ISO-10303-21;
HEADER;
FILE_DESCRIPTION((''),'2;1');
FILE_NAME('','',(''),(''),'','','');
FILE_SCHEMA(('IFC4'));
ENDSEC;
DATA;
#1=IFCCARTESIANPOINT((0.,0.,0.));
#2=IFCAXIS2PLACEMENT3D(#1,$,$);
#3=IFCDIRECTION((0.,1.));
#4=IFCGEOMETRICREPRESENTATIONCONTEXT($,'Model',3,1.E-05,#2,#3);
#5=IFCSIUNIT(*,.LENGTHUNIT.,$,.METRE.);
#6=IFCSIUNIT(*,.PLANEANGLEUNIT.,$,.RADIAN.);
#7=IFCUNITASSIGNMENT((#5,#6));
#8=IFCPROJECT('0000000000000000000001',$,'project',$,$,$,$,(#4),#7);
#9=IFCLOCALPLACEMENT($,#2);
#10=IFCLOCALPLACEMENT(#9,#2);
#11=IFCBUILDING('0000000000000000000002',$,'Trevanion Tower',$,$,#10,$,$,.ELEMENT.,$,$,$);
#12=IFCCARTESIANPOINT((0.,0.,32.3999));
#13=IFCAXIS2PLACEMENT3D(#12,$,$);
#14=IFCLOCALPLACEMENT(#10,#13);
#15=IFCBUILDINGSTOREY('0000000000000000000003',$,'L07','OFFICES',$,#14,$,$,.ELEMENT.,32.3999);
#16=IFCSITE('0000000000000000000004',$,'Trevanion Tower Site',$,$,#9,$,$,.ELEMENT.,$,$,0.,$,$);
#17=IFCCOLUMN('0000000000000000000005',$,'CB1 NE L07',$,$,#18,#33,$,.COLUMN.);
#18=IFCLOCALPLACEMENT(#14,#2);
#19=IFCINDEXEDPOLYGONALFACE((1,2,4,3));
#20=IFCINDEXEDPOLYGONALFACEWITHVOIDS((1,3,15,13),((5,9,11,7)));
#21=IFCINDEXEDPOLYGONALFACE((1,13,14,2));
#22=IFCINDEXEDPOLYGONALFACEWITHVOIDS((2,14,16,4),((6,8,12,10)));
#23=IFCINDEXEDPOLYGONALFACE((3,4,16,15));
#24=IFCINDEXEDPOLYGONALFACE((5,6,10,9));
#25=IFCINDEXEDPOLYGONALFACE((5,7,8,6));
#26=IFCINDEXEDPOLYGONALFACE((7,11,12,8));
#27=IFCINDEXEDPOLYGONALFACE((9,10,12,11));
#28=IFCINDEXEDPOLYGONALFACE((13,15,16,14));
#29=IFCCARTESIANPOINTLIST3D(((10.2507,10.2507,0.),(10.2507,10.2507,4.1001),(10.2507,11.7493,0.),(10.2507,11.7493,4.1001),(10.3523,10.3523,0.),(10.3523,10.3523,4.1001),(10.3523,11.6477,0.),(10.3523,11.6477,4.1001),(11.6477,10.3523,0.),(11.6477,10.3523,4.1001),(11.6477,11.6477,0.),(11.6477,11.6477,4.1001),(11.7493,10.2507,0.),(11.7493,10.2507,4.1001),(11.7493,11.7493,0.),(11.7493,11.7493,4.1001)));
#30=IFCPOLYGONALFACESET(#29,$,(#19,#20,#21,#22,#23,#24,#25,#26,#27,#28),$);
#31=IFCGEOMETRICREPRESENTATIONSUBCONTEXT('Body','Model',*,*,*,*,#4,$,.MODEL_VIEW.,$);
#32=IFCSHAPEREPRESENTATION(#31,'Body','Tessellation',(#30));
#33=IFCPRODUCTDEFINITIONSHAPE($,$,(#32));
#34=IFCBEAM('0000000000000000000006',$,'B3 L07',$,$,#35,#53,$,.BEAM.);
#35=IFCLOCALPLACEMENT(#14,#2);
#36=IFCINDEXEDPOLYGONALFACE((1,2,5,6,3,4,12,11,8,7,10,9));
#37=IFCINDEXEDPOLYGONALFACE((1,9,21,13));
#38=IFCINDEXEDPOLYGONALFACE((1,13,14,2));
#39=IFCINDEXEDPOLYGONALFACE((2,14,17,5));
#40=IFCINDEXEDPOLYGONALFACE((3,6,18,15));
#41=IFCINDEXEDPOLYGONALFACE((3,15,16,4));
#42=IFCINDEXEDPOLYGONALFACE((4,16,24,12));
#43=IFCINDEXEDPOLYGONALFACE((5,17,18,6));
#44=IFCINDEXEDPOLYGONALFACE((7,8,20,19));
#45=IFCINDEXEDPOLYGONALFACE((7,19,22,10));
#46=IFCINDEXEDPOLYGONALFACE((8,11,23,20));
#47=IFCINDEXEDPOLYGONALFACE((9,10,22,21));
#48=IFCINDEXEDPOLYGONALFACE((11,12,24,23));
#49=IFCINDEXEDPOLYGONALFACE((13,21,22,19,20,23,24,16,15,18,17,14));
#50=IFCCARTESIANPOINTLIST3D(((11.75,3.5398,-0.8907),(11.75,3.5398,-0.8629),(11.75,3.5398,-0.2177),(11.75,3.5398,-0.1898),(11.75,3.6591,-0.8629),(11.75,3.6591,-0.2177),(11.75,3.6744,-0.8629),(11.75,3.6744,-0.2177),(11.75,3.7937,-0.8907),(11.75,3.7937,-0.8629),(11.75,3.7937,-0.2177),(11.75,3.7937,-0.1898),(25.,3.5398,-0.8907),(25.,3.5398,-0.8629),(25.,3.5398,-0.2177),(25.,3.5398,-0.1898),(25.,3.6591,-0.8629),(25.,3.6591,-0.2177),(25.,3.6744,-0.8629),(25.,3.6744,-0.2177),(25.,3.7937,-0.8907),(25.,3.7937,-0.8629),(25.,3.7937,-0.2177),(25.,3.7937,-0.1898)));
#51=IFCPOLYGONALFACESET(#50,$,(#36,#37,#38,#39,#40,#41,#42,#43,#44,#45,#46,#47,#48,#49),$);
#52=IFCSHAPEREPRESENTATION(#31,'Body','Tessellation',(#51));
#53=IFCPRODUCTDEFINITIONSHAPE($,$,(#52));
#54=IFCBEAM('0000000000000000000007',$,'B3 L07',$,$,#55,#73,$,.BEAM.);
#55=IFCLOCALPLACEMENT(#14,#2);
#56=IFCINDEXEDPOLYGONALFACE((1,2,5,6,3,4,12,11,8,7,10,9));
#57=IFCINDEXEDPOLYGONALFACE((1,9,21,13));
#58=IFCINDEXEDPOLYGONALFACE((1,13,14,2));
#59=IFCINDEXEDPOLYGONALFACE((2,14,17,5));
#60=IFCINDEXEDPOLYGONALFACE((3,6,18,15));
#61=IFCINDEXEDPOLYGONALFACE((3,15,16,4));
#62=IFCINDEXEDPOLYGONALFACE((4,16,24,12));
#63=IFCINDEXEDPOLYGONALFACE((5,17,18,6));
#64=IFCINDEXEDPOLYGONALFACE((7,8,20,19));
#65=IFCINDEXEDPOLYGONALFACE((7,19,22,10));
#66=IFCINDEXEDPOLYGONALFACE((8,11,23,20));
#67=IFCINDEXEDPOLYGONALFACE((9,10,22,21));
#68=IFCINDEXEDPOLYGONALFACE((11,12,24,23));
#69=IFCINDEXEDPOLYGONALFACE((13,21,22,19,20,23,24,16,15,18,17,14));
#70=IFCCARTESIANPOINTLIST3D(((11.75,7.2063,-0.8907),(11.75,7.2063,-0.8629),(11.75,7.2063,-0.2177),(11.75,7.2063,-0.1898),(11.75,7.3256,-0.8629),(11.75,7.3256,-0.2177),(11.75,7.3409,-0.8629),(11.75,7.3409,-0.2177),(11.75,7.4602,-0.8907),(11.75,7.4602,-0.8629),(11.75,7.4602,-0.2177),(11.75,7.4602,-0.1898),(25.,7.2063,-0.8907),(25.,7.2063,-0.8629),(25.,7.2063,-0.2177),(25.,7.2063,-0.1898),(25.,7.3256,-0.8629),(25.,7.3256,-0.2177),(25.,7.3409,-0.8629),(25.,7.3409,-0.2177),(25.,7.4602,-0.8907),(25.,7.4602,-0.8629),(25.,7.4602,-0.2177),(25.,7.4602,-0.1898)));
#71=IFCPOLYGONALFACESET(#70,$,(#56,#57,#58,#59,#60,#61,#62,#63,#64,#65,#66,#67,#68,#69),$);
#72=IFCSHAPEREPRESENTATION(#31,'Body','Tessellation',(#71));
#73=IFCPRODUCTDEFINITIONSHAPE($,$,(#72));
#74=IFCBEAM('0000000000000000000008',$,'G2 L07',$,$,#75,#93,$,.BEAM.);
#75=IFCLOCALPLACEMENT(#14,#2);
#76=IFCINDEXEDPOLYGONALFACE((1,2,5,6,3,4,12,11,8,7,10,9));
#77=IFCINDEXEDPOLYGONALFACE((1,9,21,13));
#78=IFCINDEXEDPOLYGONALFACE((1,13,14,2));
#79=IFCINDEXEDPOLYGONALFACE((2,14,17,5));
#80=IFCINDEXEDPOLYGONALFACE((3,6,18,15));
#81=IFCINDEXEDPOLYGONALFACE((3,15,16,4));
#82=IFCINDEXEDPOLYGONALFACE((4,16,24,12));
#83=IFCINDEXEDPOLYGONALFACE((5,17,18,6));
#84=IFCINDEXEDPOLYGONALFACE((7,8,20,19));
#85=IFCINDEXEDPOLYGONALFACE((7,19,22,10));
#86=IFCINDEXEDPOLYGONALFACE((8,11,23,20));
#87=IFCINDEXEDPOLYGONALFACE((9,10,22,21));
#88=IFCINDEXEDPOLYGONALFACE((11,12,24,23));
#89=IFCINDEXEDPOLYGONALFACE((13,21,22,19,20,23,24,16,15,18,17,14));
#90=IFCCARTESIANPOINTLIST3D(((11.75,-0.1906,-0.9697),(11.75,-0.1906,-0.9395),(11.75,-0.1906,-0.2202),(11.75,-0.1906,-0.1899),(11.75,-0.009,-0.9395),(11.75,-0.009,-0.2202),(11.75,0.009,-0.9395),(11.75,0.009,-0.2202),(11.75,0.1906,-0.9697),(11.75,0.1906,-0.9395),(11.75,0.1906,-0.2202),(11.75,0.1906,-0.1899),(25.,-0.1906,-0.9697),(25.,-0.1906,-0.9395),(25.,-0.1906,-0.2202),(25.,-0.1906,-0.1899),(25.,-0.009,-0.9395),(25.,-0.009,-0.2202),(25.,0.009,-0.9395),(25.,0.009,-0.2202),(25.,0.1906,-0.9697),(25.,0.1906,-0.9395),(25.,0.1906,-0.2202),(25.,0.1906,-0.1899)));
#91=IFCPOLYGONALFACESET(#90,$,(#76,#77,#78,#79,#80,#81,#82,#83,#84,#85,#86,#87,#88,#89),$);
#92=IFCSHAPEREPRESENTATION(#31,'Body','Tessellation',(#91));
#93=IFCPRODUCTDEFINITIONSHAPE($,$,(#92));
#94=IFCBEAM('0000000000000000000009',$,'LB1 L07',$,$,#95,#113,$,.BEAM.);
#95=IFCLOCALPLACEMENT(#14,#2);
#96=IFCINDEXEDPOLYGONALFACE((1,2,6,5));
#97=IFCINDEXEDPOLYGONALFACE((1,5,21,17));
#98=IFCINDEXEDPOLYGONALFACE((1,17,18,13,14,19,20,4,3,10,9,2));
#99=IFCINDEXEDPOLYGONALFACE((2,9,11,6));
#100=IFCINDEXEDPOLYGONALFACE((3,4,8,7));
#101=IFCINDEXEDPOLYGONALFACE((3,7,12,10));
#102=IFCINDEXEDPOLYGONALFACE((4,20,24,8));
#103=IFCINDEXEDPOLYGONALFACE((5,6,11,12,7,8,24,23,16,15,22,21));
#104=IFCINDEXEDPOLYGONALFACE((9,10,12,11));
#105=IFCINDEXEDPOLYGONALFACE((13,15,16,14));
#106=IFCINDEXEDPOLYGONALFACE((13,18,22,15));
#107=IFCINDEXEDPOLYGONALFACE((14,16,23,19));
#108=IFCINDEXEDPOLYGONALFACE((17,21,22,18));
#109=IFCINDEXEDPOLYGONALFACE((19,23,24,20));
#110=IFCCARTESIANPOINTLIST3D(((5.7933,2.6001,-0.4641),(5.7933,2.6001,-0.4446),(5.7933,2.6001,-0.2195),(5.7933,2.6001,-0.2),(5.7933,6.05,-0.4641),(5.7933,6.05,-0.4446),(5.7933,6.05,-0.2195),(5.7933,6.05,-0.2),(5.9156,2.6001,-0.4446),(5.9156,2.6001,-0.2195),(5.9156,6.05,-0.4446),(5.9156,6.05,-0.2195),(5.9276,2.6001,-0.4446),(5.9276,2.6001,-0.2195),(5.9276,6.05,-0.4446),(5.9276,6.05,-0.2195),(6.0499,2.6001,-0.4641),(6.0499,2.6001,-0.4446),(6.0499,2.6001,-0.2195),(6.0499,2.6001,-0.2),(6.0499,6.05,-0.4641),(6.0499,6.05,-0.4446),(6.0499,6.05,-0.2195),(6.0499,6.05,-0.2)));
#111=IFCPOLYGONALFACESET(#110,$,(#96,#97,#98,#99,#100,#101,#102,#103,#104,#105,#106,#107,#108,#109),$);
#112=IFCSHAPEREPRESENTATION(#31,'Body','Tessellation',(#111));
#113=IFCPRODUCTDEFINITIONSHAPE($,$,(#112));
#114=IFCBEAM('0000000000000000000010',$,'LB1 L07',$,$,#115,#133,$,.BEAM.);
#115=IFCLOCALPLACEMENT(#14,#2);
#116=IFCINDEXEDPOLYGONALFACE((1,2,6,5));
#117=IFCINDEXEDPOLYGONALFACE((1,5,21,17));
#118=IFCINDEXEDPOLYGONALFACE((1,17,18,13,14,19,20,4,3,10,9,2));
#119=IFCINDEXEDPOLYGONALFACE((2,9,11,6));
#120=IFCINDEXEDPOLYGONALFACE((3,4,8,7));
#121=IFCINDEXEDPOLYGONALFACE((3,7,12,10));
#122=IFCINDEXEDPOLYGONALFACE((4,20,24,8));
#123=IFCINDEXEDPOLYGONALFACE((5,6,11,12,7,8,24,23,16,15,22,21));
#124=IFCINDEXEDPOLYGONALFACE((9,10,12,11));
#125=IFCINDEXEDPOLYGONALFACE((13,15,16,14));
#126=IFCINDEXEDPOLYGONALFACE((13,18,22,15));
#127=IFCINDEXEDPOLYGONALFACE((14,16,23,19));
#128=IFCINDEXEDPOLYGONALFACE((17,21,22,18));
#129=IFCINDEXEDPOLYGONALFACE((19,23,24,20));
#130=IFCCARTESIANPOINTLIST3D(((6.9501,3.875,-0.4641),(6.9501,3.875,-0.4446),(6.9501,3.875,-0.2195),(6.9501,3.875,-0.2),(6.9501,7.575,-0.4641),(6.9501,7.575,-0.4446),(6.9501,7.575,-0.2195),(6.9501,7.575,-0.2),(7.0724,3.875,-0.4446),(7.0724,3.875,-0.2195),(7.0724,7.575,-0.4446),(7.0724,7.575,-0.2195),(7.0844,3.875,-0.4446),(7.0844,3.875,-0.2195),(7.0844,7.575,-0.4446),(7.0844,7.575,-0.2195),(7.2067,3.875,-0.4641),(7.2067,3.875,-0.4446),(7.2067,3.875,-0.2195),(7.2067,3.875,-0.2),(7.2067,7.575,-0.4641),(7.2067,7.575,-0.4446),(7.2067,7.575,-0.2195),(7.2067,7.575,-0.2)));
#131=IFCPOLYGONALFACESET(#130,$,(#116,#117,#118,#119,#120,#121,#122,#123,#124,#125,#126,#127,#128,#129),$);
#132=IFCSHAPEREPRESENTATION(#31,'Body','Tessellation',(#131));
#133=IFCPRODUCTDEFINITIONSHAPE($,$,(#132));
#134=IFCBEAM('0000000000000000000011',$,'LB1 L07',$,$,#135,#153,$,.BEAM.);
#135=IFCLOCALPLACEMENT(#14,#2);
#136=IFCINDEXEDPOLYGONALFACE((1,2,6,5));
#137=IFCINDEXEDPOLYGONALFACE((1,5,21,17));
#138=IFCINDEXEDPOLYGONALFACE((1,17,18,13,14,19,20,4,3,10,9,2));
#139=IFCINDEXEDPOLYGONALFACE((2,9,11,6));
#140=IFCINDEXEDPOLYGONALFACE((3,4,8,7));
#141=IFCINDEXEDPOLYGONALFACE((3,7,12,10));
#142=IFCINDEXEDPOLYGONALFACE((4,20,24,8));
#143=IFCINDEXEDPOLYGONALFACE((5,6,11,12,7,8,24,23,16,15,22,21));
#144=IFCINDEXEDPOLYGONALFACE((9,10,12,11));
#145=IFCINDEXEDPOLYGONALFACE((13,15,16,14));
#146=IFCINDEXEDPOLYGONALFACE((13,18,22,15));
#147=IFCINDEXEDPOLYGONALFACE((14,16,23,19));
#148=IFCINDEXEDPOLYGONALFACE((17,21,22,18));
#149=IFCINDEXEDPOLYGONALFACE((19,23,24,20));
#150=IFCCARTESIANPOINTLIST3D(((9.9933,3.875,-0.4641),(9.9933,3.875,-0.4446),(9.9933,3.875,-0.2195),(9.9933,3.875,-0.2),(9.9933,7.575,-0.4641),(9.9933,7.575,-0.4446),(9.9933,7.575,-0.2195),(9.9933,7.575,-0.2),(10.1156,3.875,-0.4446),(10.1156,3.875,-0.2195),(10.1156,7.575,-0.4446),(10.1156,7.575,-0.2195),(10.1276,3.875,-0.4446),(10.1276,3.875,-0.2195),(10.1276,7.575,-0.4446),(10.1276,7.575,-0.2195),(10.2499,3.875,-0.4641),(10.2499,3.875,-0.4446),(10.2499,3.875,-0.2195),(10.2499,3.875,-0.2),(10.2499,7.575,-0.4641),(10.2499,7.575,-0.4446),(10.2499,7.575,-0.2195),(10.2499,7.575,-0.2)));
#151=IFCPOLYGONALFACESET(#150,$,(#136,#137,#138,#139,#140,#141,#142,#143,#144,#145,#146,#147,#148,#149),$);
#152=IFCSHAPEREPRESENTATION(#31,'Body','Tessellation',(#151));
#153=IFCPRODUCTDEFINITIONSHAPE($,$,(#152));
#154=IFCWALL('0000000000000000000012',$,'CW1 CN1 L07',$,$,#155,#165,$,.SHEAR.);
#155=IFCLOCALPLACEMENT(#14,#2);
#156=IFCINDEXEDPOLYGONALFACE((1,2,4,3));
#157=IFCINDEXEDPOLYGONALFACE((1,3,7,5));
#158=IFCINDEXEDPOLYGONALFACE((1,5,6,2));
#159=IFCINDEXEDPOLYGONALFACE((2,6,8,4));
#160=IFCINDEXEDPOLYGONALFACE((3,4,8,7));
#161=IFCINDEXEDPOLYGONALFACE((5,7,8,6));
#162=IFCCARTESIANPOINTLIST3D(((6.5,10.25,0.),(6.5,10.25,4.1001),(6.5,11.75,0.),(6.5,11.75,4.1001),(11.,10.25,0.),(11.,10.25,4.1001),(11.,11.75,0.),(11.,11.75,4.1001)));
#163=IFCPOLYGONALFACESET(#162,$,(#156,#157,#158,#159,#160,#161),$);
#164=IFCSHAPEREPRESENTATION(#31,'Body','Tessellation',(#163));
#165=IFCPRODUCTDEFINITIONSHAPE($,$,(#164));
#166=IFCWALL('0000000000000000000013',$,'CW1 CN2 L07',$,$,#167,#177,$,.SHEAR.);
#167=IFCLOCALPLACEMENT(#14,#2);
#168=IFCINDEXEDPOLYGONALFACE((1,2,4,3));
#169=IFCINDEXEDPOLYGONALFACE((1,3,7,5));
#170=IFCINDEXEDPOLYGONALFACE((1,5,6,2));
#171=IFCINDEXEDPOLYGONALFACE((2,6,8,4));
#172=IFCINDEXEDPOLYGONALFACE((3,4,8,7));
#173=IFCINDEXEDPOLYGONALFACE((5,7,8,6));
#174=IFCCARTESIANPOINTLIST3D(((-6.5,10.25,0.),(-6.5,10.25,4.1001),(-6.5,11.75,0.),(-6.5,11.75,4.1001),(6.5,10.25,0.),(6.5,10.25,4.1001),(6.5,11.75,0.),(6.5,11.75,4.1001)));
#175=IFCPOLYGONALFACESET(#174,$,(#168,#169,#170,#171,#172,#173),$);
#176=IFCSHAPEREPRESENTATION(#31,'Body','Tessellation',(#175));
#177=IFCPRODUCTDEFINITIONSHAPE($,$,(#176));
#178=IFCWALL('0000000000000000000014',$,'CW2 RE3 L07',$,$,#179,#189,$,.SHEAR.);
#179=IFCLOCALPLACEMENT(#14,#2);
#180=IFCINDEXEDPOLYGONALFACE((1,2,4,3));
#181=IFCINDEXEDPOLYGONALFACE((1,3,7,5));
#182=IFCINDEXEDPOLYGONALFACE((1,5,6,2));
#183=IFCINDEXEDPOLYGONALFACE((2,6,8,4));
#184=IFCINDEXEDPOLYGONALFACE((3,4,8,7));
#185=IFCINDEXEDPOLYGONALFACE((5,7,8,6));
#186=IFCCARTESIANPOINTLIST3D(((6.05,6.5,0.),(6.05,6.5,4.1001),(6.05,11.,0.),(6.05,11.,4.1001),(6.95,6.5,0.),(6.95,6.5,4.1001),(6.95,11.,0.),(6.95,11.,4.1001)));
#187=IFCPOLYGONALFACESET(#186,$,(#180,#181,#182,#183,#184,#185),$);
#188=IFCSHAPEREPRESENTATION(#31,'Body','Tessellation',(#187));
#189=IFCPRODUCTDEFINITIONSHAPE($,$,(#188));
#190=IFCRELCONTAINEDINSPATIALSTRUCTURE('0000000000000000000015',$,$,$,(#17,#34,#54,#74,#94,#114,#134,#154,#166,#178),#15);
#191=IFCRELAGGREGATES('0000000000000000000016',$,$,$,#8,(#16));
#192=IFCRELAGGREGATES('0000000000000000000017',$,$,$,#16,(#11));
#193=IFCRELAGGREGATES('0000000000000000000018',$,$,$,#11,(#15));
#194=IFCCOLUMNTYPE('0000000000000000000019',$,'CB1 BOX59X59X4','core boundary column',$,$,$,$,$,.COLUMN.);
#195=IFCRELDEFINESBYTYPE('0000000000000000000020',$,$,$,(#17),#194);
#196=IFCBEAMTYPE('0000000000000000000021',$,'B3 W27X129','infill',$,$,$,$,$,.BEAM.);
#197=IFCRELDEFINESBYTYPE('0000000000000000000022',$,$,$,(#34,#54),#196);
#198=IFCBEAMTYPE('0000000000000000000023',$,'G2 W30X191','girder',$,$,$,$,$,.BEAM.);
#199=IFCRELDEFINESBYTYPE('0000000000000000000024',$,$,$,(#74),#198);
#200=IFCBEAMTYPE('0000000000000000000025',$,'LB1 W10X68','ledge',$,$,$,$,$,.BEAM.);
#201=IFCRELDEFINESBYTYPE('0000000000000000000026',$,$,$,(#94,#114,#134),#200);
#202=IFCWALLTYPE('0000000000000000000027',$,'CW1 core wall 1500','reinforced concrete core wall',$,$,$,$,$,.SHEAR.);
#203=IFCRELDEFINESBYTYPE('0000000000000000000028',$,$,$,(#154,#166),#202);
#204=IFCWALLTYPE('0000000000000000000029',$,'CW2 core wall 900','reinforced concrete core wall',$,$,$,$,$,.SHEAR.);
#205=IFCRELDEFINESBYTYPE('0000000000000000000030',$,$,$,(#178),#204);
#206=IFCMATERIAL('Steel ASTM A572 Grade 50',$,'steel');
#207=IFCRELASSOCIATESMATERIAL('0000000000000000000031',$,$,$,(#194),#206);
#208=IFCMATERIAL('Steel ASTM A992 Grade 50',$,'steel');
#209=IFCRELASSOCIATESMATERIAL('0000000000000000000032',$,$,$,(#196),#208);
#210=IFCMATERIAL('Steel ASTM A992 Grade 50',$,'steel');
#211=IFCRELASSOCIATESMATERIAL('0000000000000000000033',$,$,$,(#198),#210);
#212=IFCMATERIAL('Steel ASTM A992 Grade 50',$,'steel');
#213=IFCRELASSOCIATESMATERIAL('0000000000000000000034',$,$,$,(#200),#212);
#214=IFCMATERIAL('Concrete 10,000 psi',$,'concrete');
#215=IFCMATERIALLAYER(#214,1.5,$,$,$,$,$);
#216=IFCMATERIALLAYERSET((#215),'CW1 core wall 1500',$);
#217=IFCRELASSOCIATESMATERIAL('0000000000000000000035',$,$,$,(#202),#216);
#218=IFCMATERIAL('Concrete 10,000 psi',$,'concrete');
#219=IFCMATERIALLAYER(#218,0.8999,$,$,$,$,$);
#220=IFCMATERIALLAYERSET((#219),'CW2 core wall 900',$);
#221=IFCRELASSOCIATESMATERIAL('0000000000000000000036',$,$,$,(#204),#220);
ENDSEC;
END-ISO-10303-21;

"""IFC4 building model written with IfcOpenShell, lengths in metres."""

from ifc_helpers import new_model, si_unit, direction, frame, frame_2d, origin, origin_2d, place, context, subcontext, project, spatial, rectangle, hollow_rectangle, i_section, extrude, material, layer, layer_set, material_profile, profile_set, type_object, element, save


model = new_model("IFC4")

# Units and contexts
model_context = context("Model", 3, precision=1e-05, world=origin(), true_north=direction((0.0, 1.0)))
body_context = subcontext(model_context, "Body", "Model", "MODEL_VIEW")
ifc_project = project(units=[si_unit("LENGTHUNIT", "METRE"), si_unit("PLANEANGLEUNIT", "RADIAN")], contexts=[model_context])

# Site, building, storey
site_placement = place(None, origin())
site = spatial("IfcSite", under=ifc_project, at=site_placement, Name="Trevanion Tower Site", CompositionType="ELEMENT", RefElevation=0.0)
building_placement = place(site_placement, origin())
building = spatial("IfcBuilding", under=site, at=building_placement, Name="Trevanion Tower", CompositionType="ELEMENT")
storey_placement = place(building_placement, frame((0.0, 0.0, 32.3999)))
storey = spatial("IfcBuildingStorey", under=building, at=storey_placement, Name="L07", Description="OFFICES", CompositionType="ELEMENT", Elevation=32.3999)

# Column
ifc_material_1 = material(Name="Steel ASTM A572 Grade 50", Category="steel")
ifc_material_profile_1 = material_profile(ifc_material_1, hollow_rectangle(XDim=1.4985, YDim=1.4985, WallThickness=0.1016, at=origin_2d()), Name="BOX59X59X4")
ifc_profile_set_1 = profile_set([ifc_material_profile_1], Name="Steel ASTM A572 Grade 50")
column_type = type_object("IfcColumnType", Name="CB1 BOX59X59X4", Description="core boundary column", PredefinedType="COLUMN", material=ifc_profile_set_1)
column_placement = place(storey_placement, frame((11.0, 11.0, 0.0), z_axis=(0.0, 0.0, 1.0), x_axis=(1.0, 0.0, 0.0)))
element("IfcColumn", 1, at=column_placement, inside=storey, type_object=column_type, Name="CB1 NE L07", PredefinedType="COLUMN", context=body_context, shape_type="SweptSolid", body=[
    extrude(hollow_rectangle(XDim=1.4985, YDim=1.4985, WallThickness=0.1016, at=origin_2d()), origin(), (0.0, 0.0, 1.0), 4.1001),
])

# Beams
ifc_material_2 = material(Name="Steel ASTM A992 Grade 50", Category="steel")
ifc_material_profile_2 = material_profile(ifc_material_2, i_section(OverallWidth=0.2539, OverallDepth=0.7009, WebThickness=0.0154, FlangeThickness=0.0278, at=origin_2d()), Name="W27X129")
ifc_profile_set_2 = profile_set([ifc_material_profile_2], Name="Steel ASTM A992 Grade 50")
beam_type_1 = type_object("IfcBeamType", Name="B3 W27X129", Description="infill", PredefinedType="BEAM", material=ifc_profile_set_2)
for number, where, z_axis, x_axis, name in (
    (2, (11.75, 3.6667, -0.5403), (1.0, 0.0, 0.0), (0.0, 1.0, 0.0), "B3 L07"),
    (3, (11.75, 7.3333, -0.5403), (1.0, 0.0, 0.0), (0.0, 1.0, 0.0), "B3 L07"),
):
    element("IfcBeam", number, at=place(storey_placement, frame(where, z_axis=z_axis, x_axis=x_axis)), inside=storey, type_object=beam_type_1, Name=name, PredefinedType="BEAM", context=body_context, shape_type="SweptSolid", body=[
        extrude(i_section(OverallWidth=0.2539, OverallDepth=0.7009, WebThickness=0.0154, FlangeThickness=0.0278, at=origin_2d()), origin(), (0.0, 0.0, 1.0), 13.25),
    ])
ifc_material_3 = material(Name="Steel ASTM A992 Grade 50", Category="steel")
ifc_material_profile_3 = material_profile(ifc_material_3, i_section(OverallWidth=0.3811, OverallDepth=0.7798, WebThickness=0.0181, FlangeThickness=0.0303, at=origin_2d()), Name="W30X191")
ifc_profile_set_3 = profile_set([ifc_material_profile_3], Name="Steel ASTM A992 Grade 50")
beam_type_2 = type_object("IfcBeamType", Name="G2 W30X191", Description="girder", PredefinedType="BEAM", material=ifc_profile_set_3)
beam_1_placement = place(storey_placement, frame((11.75, 0.0, -0.5798), z_axis=(1.0, 0.0, 0.0), x_axis=(0.0, 1.0, 0.0)))
element("IfcBeam", 4, at=beam_1_placement, inside=storey, type_object=beam_type_2, Name="G2 L07", PredefinedType="BEAM", context=body_context, shape_type="SweptSolid", body=[
    extrude(i_section(OverallWidth=0.3811, OverallDepth=0.7798, WebThickness=0.0181, FlangeThickness=0.0303, at=origin_2d()), origin(), (0.0, 0.0, 1.0), 13.25),
])
ifc_material_4 = material(Name="Steel ASTM A992 Grade 50", Category="steel")
ifc_material_profile_4 = material_profile(ifc_material_4, i_section(OverallWidth=0.2566, OverallDepth=0.2642, WebThickness=0.012, FlangeThickness=0.0195, at=origin_2d()), Name="W10X68")
ifc_profile_set_4 = profile_set([ifc_material_profile_4], Name="Steel ASTM A992 Grade 50")
beam_type_3 = type_object("IfcBeamType", Name="LB1 W10X68", Description="ledge", PredefinedType="BEAM", material=ifc_profile_set_4)
beam_2_placement = place(storey_placement, frame((5.9216, 2.6001, -0.332), z_axis=(0.0, 1.0, 0.0), x_axis=(-1.0, 0.0, 0.0)))
element("IfcBeam", 5, at=beam_2_placement, inside=storey, type_object=beam_type_3, Name="LB1 L07", PredefinedType="BEAM", context=body_context, shape_type="SweptSolid", body=[
    extrude(i_section(OverallWidth=0.2566, OverallDepth=0.2642, WebThickness=0.012, FlangeThickness=0.0195, at=origin_2d()), origin(), (0.0, 0.0, 1.0), 3.45),
])
for number, where, z_axis, x_axis, name in (
    (6, (7.0784, 3.875, -0.332), (0.0, 1.0, 0.0), (-1.0, 0.0, 0.0), "LB1 L07"),
    (7, (10.1216, 3.875, -0.332), (0.0, 1.0, 0.0), (-1.0, 0.0, 0.0), "LB1 L07"),
):
    element("IfcBeam", number, at=place(storey_placement, frame(where, z_axis=z_axis, x_axis=x_axis)), inside=storey, type_object=beam_type_3, Name=name, PredefinedType="BEAM", context=body_context, shape_type="SweptSolid", body=[
        extrude(i_section(OverallWidth=0.2566, OverallDepth=0.2642, WebThickness=0.012, FlangeThickness=0.0195, at=origin_2d()), origin(), (0.0, 0.0, 1.0), 3.7),
    ])

# Walls
ifc_material_5 = material(Name="Concrete 10,000 psi", Category="concrete")
ifc_layer_1 = layer(ifc_material_5, 1.5)
ifc_layer_set_1 = layer_set([ifc_layer_1], Name="CW1 core wall 1500")
wall_type_1 = type_object("IfcWallType", Name="CW1 core wall 1500", Description="reinforced concrete core wall", PredefinedType="SHEAR", material=ifc_layer_set_1)
wall_1_placement = place(storey_placement, frame((11.0, 11.0, 0.0), z_axis=(0.0, 0.0, 1.0), x_axis=(-1.0, 0.0, 0.0)))
element("IfcWall", 8, at=wall_1_placement, inside=storey, type_object=wall_type_1, Name="CW1 CN1 L07", PredefinedType="SHEAR", context=body_context, shape_type="SweptSolid", body=[
    extrude(rectangle(XDim=4.5, YDim=1.5, at=frame_2d((2.25, 0.0))), origin(), (0.0, 0.0, 1.0), 4.1001),
])
wall_2_placement = place(storey_placement, frame((6.5, 11.0, 0.0), z_axis=(0.0, 0.0, 1.0), x_axis=(-1.0, 0.0, 0.0)))
element("IfcWall", 9, at=wall_2_placement, inside=storey, type_object=wall_type_1, Name="CW1 CN2 L07", PredefinedType="SHEAR", context=body_context, shape_type="SweptSolid", body=[
    extrude(rectangle(XDim=13.0, YDim=1.5, at=frame_2d((6.5, 0.0))), origin(), (0.0, 0.0, 1.0), 4.1001),
])
ifc_material_6 = material(Name="Concrete 10,000 psi", Category="concrete")
ifc_layer_2 = layer(ifc_material_6, 0.8999)
ifc_layer_set_2 = layer_set([ifc_layer_2], Name="CW2 core wall 900")
wall_type_2 = type_object("IfcWallType", Name="CW2 core wall 900", Description="reinforced concrete core wall", PredefinedType="SHEAR", material=ifc_layer_set_2)
wall_3_placement = place(storey_placement, frame((6.5, 6.5, 0.0), z_axis=(0.0, 0.0, 1.0), x_axis=(0.0, 1.0, 0.0)))
element("IfcWall", 10, at=wall_3_placement, inside=storey, type_object=wall_type_2, Name="CW2 RE3 L07", PredefinedType="SHEAR", context=body_context, shape_type="SweptSolid", body=[
    extrude(rectangle(XDim=4.5, YDim=0.8999, at=frame_2d((2.25, 0.0))), origin(), (0.0, 0.0, 1.0), 4.1001),
])

save(model, "model.ifc")
